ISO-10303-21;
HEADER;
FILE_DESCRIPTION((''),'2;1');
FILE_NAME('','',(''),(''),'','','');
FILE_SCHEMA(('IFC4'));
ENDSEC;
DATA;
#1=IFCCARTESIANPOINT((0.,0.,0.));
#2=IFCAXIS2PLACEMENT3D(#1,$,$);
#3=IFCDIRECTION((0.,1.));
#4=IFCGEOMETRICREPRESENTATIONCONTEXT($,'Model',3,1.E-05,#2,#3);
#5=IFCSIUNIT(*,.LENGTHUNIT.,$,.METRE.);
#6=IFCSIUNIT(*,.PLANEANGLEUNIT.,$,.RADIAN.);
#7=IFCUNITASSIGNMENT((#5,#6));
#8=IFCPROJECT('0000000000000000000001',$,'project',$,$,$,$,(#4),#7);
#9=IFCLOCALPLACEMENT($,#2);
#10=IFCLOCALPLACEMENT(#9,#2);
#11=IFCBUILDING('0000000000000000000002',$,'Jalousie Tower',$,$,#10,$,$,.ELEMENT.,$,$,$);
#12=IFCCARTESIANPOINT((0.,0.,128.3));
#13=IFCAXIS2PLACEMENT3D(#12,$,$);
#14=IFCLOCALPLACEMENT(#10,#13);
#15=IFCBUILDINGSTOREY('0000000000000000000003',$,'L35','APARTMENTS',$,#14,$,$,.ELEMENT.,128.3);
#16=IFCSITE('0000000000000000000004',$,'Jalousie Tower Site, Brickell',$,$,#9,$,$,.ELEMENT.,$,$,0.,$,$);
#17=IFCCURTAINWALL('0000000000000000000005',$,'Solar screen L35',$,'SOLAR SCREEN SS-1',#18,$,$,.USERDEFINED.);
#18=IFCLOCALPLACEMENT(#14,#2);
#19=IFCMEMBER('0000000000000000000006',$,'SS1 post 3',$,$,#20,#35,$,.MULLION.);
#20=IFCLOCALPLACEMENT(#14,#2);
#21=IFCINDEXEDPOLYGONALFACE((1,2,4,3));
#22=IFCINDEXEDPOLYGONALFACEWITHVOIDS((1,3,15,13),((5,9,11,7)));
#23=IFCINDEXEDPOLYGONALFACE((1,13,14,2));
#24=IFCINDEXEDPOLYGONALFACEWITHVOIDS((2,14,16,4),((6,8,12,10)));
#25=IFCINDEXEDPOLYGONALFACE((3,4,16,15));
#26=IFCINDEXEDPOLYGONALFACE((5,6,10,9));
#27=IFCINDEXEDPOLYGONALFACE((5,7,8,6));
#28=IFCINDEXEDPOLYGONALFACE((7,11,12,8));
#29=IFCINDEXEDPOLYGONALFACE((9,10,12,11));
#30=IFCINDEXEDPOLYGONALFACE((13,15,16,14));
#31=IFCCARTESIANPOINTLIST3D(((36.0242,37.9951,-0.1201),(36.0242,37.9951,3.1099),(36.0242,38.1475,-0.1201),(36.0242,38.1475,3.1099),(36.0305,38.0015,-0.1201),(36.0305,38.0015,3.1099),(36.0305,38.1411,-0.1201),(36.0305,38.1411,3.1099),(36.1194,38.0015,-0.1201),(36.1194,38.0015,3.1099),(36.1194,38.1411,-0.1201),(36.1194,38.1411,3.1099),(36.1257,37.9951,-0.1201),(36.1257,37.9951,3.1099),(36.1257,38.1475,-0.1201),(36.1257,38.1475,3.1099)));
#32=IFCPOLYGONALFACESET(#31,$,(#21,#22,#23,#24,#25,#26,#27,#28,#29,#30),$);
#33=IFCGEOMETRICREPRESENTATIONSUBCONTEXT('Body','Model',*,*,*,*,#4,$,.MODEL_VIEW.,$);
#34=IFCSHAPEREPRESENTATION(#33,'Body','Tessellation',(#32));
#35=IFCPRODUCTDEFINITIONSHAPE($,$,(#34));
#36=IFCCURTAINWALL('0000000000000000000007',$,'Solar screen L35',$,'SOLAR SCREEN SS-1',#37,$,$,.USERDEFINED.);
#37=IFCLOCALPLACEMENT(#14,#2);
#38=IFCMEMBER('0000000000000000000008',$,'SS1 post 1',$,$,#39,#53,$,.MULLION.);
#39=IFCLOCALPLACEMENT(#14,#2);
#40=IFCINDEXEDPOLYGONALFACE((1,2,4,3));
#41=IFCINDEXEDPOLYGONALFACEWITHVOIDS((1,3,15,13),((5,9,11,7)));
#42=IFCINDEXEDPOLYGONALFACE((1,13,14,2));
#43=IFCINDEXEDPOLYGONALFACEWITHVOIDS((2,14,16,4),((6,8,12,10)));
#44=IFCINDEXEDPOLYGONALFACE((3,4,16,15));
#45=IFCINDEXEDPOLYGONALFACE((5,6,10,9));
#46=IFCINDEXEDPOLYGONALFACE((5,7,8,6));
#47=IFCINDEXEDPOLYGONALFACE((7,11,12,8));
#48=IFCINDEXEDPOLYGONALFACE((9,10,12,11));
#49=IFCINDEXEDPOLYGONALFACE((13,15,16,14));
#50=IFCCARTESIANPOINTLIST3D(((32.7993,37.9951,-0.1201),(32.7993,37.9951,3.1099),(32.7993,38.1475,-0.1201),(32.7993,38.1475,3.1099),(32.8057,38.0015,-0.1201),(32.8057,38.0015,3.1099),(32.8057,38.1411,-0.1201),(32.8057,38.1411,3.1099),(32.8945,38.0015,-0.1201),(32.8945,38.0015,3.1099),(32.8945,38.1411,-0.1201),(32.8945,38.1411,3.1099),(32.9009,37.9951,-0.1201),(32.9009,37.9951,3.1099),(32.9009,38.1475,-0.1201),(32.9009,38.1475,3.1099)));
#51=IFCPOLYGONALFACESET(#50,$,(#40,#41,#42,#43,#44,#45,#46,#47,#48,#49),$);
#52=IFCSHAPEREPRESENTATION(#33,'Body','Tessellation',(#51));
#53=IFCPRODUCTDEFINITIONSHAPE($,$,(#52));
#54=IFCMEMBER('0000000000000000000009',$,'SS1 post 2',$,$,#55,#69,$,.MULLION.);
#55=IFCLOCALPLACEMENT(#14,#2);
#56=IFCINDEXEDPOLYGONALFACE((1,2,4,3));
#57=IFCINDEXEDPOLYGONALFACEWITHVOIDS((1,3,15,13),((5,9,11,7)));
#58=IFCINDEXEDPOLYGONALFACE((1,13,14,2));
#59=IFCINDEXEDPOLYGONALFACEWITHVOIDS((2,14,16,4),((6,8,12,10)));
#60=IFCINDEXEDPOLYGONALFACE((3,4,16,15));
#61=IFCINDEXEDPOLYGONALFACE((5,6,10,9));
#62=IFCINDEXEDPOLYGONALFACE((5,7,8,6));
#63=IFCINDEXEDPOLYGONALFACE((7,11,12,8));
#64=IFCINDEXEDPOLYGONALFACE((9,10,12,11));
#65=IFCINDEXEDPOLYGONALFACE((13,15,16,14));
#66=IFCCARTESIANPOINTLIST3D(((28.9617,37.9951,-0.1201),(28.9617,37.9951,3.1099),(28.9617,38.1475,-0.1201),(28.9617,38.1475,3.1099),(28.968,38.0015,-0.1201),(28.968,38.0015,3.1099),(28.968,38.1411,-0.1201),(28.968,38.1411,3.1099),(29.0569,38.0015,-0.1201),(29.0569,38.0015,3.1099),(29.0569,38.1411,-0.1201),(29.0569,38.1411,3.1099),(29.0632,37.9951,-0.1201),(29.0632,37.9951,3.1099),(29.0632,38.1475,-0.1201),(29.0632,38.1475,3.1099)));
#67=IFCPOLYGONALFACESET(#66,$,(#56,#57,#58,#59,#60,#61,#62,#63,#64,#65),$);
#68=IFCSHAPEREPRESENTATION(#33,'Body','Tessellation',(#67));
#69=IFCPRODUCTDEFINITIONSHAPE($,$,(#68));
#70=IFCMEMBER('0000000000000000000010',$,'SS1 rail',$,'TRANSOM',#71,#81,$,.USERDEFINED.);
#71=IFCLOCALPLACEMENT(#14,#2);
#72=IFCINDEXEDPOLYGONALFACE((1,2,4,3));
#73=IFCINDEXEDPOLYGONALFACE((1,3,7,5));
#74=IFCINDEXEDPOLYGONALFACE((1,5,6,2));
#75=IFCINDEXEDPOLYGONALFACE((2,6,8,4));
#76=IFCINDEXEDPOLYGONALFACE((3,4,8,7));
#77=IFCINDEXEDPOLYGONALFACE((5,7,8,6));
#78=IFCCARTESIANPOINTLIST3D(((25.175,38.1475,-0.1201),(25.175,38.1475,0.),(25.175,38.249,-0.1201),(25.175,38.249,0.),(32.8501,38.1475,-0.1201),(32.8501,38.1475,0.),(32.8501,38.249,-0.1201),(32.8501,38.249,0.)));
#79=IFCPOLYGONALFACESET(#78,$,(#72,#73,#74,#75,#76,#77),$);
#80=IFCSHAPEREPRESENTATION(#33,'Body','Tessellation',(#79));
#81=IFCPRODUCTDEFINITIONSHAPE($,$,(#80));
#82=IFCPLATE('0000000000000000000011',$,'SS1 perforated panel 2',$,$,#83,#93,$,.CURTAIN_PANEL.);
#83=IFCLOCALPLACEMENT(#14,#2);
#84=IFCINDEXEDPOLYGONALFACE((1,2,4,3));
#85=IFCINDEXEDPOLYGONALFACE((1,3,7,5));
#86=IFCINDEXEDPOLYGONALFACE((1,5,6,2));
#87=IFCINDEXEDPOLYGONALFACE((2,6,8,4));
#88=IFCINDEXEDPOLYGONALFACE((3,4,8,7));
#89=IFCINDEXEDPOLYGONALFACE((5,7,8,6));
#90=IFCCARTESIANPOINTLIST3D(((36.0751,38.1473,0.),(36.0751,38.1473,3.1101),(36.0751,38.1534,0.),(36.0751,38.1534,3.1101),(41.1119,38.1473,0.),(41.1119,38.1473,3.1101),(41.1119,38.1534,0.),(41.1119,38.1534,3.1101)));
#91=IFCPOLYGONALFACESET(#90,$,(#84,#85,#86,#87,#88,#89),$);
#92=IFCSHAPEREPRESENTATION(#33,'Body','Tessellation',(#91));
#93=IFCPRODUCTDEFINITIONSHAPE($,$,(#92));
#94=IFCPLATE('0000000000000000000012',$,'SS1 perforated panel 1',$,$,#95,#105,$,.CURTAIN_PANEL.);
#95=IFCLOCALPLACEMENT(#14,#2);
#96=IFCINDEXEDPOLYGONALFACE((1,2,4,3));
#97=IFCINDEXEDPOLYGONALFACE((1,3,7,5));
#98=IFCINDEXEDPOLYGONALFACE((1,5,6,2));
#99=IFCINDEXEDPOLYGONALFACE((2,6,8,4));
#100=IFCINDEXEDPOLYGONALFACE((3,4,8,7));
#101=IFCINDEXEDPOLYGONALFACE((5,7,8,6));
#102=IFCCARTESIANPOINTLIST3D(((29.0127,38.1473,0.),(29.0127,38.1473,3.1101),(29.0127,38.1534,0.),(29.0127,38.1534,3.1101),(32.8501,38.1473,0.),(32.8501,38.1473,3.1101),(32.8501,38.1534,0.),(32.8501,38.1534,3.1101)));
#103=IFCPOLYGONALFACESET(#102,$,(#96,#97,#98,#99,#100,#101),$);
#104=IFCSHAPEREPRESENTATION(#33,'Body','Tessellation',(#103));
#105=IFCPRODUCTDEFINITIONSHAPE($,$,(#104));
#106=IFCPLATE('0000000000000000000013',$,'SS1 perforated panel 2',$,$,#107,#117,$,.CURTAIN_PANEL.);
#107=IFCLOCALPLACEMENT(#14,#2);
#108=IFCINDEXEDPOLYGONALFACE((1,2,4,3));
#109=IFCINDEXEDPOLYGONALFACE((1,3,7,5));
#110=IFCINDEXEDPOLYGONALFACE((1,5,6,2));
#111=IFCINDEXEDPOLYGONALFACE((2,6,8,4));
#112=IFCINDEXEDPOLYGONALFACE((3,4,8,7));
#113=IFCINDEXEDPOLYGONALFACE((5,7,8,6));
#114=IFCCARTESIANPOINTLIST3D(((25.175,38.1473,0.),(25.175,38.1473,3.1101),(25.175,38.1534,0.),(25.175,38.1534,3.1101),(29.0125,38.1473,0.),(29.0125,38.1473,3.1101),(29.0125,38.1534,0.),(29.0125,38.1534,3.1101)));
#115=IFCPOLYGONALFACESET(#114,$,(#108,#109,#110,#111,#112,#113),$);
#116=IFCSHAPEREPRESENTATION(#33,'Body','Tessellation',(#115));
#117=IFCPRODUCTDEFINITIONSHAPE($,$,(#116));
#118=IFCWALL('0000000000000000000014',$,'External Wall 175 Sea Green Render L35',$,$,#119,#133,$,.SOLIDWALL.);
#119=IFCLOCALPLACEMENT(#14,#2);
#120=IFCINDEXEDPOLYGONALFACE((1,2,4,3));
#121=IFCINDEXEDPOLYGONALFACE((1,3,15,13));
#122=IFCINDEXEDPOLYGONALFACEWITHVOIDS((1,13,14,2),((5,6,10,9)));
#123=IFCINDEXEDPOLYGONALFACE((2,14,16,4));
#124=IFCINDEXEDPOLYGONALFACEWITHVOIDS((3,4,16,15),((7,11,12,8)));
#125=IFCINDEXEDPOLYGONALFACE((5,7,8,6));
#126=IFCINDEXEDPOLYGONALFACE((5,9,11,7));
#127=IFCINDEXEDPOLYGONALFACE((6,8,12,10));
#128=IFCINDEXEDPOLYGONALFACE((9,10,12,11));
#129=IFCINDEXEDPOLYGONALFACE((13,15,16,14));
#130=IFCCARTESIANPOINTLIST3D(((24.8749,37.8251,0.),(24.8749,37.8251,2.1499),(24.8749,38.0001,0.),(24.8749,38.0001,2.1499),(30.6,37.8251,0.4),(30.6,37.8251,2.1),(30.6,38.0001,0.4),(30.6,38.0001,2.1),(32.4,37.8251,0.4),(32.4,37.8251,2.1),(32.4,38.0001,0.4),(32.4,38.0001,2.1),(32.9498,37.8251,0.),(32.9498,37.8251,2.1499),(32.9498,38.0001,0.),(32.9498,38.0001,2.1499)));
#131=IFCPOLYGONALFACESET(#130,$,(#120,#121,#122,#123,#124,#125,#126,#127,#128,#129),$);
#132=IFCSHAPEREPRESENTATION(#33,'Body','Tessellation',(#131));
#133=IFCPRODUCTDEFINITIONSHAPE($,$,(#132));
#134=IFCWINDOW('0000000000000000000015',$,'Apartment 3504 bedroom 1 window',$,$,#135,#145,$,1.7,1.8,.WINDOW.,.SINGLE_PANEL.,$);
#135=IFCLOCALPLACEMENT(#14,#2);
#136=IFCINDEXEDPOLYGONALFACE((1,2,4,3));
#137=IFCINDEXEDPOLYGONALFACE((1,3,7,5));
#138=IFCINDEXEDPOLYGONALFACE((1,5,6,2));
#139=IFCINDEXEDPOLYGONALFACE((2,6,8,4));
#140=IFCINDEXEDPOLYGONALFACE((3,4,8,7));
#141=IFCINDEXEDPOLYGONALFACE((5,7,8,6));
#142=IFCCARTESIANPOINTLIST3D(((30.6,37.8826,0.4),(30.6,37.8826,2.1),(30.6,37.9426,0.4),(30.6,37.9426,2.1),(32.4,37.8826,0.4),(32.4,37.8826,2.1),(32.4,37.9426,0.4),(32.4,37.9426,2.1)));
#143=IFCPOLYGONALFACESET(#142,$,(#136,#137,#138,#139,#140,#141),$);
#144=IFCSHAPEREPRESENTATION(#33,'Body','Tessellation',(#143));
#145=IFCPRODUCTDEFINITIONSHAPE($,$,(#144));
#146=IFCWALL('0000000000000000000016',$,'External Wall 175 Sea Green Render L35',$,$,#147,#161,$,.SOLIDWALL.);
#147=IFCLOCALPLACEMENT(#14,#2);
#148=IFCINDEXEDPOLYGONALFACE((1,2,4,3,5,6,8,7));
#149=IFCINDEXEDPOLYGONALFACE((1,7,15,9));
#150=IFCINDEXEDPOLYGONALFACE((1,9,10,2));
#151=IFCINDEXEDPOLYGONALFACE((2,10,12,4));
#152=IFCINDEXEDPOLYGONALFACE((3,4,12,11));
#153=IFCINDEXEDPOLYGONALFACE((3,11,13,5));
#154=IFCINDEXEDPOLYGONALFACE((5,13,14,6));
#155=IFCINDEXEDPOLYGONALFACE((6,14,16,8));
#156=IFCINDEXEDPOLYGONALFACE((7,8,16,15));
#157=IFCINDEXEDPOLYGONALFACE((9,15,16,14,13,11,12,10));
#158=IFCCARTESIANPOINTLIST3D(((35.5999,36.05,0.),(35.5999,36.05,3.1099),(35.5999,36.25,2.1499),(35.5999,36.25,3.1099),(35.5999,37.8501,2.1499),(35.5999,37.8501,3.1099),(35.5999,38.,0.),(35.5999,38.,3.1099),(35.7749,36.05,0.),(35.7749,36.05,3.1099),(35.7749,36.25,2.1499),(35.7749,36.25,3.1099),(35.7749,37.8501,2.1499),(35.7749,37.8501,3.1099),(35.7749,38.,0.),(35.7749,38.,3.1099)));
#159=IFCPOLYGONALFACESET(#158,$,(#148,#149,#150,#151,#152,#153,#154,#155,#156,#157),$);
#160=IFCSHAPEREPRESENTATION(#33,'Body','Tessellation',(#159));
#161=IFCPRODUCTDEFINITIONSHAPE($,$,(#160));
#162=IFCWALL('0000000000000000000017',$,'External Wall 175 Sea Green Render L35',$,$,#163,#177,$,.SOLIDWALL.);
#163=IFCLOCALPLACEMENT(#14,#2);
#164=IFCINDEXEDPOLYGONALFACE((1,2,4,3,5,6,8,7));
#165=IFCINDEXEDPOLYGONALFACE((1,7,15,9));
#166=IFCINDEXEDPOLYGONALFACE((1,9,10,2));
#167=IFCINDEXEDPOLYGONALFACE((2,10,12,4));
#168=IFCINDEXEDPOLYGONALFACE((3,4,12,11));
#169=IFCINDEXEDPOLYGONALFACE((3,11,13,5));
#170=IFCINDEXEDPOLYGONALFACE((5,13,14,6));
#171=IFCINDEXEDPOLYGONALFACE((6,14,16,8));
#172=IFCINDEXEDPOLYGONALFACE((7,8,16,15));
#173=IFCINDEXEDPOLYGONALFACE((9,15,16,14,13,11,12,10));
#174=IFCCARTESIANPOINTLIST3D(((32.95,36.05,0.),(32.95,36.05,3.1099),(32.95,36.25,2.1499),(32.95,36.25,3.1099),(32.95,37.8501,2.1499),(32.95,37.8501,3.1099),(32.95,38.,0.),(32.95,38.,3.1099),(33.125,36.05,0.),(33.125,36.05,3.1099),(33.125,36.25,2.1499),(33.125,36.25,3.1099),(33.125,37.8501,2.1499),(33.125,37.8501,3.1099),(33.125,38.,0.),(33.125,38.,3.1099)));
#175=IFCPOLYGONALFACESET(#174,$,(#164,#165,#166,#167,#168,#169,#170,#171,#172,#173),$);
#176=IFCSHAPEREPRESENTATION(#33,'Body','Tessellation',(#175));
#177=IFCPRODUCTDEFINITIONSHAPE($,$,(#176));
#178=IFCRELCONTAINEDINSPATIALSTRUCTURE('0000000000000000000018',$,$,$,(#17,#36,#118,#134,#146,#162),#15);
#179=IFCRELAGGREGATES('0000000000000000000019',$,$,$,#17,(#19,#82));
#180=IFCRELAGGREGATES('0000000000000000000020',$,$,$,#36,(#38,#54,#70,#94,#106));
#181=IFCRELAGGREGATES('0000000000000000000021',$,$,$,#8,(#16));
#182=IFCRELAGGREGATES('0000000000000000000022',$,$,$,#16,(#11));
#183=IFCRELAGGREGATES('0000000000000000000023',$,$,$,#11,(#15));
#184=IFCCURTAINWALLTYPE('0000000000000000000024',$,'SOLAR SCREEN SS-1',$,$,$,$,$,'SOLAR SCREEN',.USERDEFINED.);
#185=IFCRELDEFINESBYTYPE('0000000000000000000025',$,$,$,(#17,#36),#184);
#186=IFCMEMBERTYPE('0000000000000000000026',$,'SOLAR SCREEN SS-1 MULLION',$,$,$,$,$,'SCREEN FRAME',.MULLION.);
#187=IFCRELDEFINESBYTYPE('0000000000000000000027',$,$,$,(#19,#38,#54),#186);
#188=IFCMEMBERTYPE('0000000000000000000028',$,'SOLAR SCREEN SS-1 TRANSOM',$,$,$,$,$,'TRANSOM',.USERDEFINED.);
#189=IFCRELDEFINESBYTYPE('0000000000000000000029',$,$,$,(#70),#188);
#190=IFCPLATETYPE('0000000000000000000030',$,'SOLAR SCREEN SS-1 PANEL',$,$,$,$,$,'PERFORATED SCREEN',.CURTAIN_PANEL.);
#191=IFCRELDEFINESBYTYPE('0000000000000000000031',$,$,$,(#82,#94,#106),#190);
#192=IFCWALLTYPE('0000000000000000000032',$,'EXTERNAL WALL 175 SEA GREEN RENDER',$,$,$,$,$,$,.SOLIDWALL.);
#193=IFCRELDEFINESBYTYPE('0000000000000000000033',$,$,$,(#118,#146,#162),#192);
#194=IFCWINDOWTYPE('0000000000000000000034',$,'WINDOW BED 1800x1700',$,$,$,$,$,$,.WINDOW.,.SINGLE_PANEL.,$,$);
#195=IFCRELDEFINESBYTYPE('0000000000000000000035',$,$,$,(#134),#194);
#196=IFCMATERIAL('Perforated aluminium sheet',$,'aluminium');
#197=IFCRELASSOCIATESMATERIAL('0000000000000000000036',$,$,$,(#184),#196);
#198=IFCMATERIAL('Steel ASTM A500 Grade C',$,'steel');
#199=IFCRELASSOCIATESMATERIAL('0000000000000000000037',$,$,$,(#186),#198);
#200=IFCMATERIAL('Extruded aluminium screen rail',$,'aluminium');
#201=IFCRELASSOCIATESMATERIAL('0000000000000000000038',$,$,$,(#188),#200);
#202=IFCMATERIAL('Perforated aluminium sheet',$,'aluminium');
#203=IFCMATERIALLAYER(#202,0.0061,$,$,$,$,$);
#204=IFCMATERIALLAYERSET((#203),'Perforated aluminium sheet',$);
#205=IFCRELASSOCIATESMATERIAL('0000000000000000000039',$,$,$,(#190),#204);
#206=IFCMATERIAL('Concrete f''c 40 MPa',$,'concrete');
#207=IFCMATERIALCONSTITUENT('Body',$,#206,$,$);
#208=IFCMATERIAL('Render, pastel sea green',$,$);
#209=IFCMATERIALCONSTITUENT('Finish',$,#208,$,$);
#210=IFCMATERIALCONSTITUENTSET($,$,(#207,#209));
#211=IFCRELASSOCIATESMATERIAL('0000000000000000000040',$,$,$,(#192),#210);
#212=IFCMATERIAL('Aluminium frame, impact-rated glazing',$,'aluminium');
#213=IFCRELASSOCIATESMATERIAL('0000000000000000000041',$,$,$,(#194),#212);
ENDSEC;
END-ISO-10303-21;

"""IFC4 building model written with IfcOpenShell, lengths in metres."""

from ifc_helpers import new_model, si_unit, direction, frame, frame_2d, origin, origin_2d, place, context, subcontext, project, spatial, polyline, rectangle, hollow_rectangle, outline, extrude, material, layer, layer_set, constituent, constituent_set, material_profile, profile_set, type_object, element, fill, aggregate, save


model = new_model("IFC4")

# Units and contexts
model_context = context("Model", 3, precision=1e-05, world=origin(), true_north=direction((0.0, 1.0)))
body_context = subcontext(model_context, "Body", "Model", "MODEL_VIEW")
ifc_project = project(units=[si_unit("LENGTHUNIT", "METRE"), si_unit("PLANEANGLEUNIT", "RADIAN")], contexts=[model_context])

# Site, building, storey
site_placement = place(None, origin())
site = spatial("IfcSite", under=ifc_project, at=site_placement, Name="Jalousie Tower Site, Brickell", CompositionType="ELEMENT", RefElevation=0.0)
building_placement = place(site_placement, origin())
building = spatial("IfcBuilding", under=site, at=building_placement, Name="Jalousie Tower", CompositionType="ELEMENT")
storey_placement = place(building_placement, frame((0.0, 0.0, 128.3)))
storey = spatial("IfcBuildingStorey", under=building, at=storey_placement, Name="L35", Description="APARTMENTS", CompositionType="ELEMENT", Elevation=128.3)

# Curtain wall, member
ifc_material_1 = material(Name="Perforated aluminium sheet", Category="aluminium")
curtain_wall_type = type_object("IfcCurtainWallType", Name="SOLAR SCREEN SS-1", ElementType="SOLAR SCREEN", PredefinedType="USERDEFINED", material=ifc_material_1)
curtain_wall_1_placement = place(storey_placement, origin())
curtain_wall_1 = element("IfcCurtainWall", 1, at=curtain_wall_1_placement, inside=storey, type_object=curtain_wall_type, Name="Solar screen L35", ObjectType="SOLAR SCREEN SS-1", PredefinedType="USERDEFINED")
ifc_material_2 = material(Name="Steel ASTM A500 Grade C", Category="steel")
ifc_material_profile_1 = material_profile(ifc_material_2, hollow_rectangle(XDim=0.1016, YDim=0.1523, WallThickness=0.0063, at=origin_2d()), Name="HSS6X4X1/4")
ifc_profile_set_1 = profile_set([ifc_material_profile_1], Name="Steel ASTM A500 Grade C")
member_type_1 = type_object("IfcMemberType", Name="SOLAR SCREEN SS-1 MULLION", ElementType="SCREEN FRAME", PredefinedType="MULLION", material=ifc_profile_set_1)
member_1_placement = place(storey_placement, frame((36.075, 38.0713, -0.1201), z_axis=(0.0, 0.0, 1.0), x_axis=(-1.0, 0.0, 0.0)))
member_1 = element("IfcMember", 2, at=member_1_placement, type_object=member_type_1, Name="SS1 post 3", PredefinedType="MULLION", context=body_context, shape_type="SweptSolid", body=[
    extrude(hollow_rectangle(XDim=0.1016, YDim=0.1523, WallThickness=0.0063, at=origin_2d()), origin(), (0.0, 0.0, 1.0), 3.23),
])

# Curtain wall, members
curtain_wall_2_placement = place(storey_placement, origin())
curtain_wall_2 = element("IfcCurtainWall", 3, at=curtain_wall_2_placement, inside=storey, type_object=curtain_wall_type, Name="Solar screen L35", ObjectType="SOLAR SCREEN SS-1", PredefinedType="USERDEFINED")
member_2_placement = place(storey_placement, frame((32.8501, 38.0713, -0.1201), z_axis=(0.0, 0.0, 1.0), x_axis=(-1.0, 0.0, 0.0)))
member_2 = element("IfcMember", 4, at=member_2_placement, type_object=member_type_1, Name="SS1 post 1", PredefinedType="MULLION", context=body_context, shape_type="SweptSolid", body=[
    extrude(hollow_rectangle(XDim=0.1016, YDim=0.1523, WallThickness=0.0063, at=origin_2d()), origin(), (0.0, 0.0, 1.0), 3.23),
])
member_3_placement = place(storey_placement, frame((29.0125, 38.0713, -0.1201), z_axis=(0.0, 0.0, 1.0), x_axis=(-1.0, 0.0, 0.0)))
member_3 = element("IfcMember", 5, at=member_3_placement, type_object=member_type_1, Name="SS1 post 2", PredefinedType="MULLION", context=body_context, shape_type="SweptSolid", body=[
    extrude(hollow_rectangle(XDim=0.1016, YDim=0.1523, WallThickness=0.0063, at=origin_2d()), origin(), (0.0, 0.0, 1.0), 3.23),
])
ifc_material_3 = material(Name="Extruded aluminium screen rail", Category="aluminium")
ifc_material_profile_2 = material_profile(ifc_material_3, rectangle(XDim=0.1016, YDim=0.1201, at=origin_2d()), Name="RAIL 102x120")
ifc_profile_set_2 = profile_set([ifc_material_profile_2], Name="Extruded aluminium screen rail")
member_type_2 = type_object("IfcMemberType", Name="SOLAR SCREEN SS-1 TRANSOM", ElementType="TRANSOM", PredefinedType="USERDEFINED", material=ifc_profile_set_2)
member_4_placement = place(storey_placement, frame((32.8501, 38.1982, -0.0601), z_axis=(-1.0, 0.0, 0.0), x_axis=(0.0, -1.0, 0.0)))
member_4 = element("IfcMember", 6, at=member_4_placement, type_object=member_type_2, Name="SS1 rail", ObjectType="TRANSOM", PredefinedType="USERDEFINED", context=body_context, shape_type="SweptSolid", body=[
    extrude(rectangle(XDim=0.1016, YDim=0.1201, at=origin_2d()), origin(), (0.0, 0.0, 1.0), 7.675),
])

# Plates
ifc_material_4 = material(Name="Perforated aluminium sheet", Category="aluminium")
ifc_layer_1 = layer(ifc_material_4, 0.0061)
ifc_layer_set_1 = layer_set([ifc_layer_1], Name="Perforated aluminium sheet")
plate_type = type_object("IfcPlateType", Name="SOLAR SCREEN SS-1 PANEL", ElementType="PERFORATED SCREEN", PredefinedType="CURTAIN_PANEL", material=ifc_layer_set_1)
plate_1_placement = place(storey_placement, frame((38.5935, 38.1504, 0.0), z_axis=(0.0, 0.0, 1.0), x_axis=(-1.0, 0.0, 0.0)))
plate_1 = element("IfcPlate", 7, at=plate_1_placement, type_object=plate_type, Name="SS1 perforated panel 2", PredefinedType="CURTAIN_PANEL", context=body_context, shape_type="SweptSolid", body=[
    extrude(rectangle(XDim=5.0369, YDim=0.0061, at=origin_2d()), origin(), (0.0, 0.0, 1.0), 3.1101),
])
aggregate(curtain_wall_1, [member_1, plate_1])
plate_2_placement = place(storey_placement, frame((30.9314, 38.1504, 0.0), z_axis=(0.0, 0.0, 1.0), x_axis=(-1.0, 0.0, 0.0)))
plate_2 = element("IfcPlate", 8, at=plate_2_placement, type_object=plate_type, Name="SS1 perforated panel 1", PredefinedType="CURTAIN_PANEL", context=body_context, shape_type="SweptSolid", body=[
    extrude(rectangle(XDim=3.8374, YDim=0.0061, at=origin_2d()), origin(), (0.0, 0.0, 1.0), 3.1101),
])
plate_3_placement = place(storey_placement, frame((27.0938, 38.1504, 0.0), z_axis=(0.0, 0.0, 1.0), x_axis=(-1.0, 0.0, 0.0)))
plate_3 = element("IfcPlate", 9, at=plate_3_placement, type_object=plate_type, Name="SS1 perforated panel 2", PredefinedType="CURTAIN_PANEL", context=body_context, shape_type="SweptSolid", body=[
    extrude(rectangle(XDim=3.8374, YDim=0.0061, at=origin_2d()), origin(), (0.0, 0.0, 1.0), 3.1101),
])
aggregate(curtain_wall_2, [member_2, member_3, member_4, plate_2, plate_3])

# Wall, opening, window
ifc_material_5 = material(Name="Concrete f'c 40 MPa", Category="concrete")
ifc_constituent_1 = constituent(ifc_material_5, Name="Body")
ifc_material_6 = material(Name="Render, pastel sea green")
ifc_constituent_2 = constituent(ifc_material_6, Name="Finish")
ifc_constituent_set_1 = constituent_set(constituents=[ifc_constituent_1, ifc_constituent_2])
wall_type_1 = type_object("IfcWallType", Name="EXTERNAL WALL 175 SEA GREEN RENDER", PredefinedType="SOLIDWALL", material=ifc_constituent_set_1)
wall_1_placement = place(storey_placement, frame((32.95, 37.9126, 0.0), z_axis=(0.0, 0.0, 1.0), x_axis=(-1.0, 0.0, 0.0)))
wall_1 = element("IfcWall", 10, at=wall_1_placement, inside=storey, type_object=wall_type_1, Name="External Wall 175 Sea Green Render L35", PredefinedType="SOLIDWALL", context=body_context, shape_type="SweptSolid", body=[
    extrude(rectangle(XDim=8.075, YDim=0.175, at=frame_2d((4.0376, 0.0))), origin(), (0.0, 0.0, 1.0), 2.1499),
])
opening_1_placement = place(wall_1_placement, frame((0.55, 0.0, 0.3999)))
opening_1 = element("IfcOpeningElement", 11, at=opening_1_placement, cuts=wall_1, PredefinedType="OPENING", context=body_context, shape_type="SweptSolid", body=[
    extrude(rectangle(XDim=1.8, YDim=1.7, at=frame_2d((0.8999, 0.8501))), frame((0.0, 0.0974, 0.0), z_axis=(0.0, -1.0, 0.0), x_axis=(1.0, 0.0, 0.0)), (0.0, 0.0, 1.0), 0.1951),
])
ifc_material_7 = material(Name="Aluminium frame, impact-rated glazing", Category="aluminium")
window_type = type_object("IfcWindowType", Name="WINDOW BED 1800x1700", PartitioningType="SINGLE_PANEL", PredefinedType="WINDOW", material=ifc_material_7)
window_placement = place(opening_1_placement, origin())
window = element("IfcWindow", 12, at=window_placement, inside=storey, type_object=window_type, Name="Apartment 3504 bedroom 1 window", OverallHeight=1.7, OverallWidth=1.8, PartitioningType="SINGLE_PANEL", PredefinedType="WINDOW", context=body_context, shape_type="SweptSolid", body=[
    extrude(rectangle(XDim=1.8, YDim=1.7, at=frame_2d((0.8999, 0.8501))), frame((0.0, 0.03, 0.0), z_axis=(0.0, -1.0, 0.0), x_axis=(1.0, 0.0, 0.0)), (0.0, 0.0, 1.0), 0.0601),
])
fill(opening_1, window)

# Walls
for number, where, z_axis, x_axis, name in (
    (13, (35.6875, 38.0, 0.0), (0.0, 0.0, 1.0), (0.0, -1.0, 0.0), "External Wall 175 Sea Green Render L35"),
    (14, (33.0376, 38.0, 0.0), (0.0, 0.0, 1.0), (0.0, -1.0, 0.0), "External Wall 175 Sea Green Render L35"),
):
    element("IfcWall", number, at=place(storey_placement, frame(where, z_axis=z_axis, x_axis=x_axis)), inside=storey, type_object=wall_type_1, Name=name, PredefinedType="SOLIDWALL", context=body_context, shape_type="SweptSolid", body=[
        extrude(outline(polyline([(0.0, 0.0), (1.95, 0.0), (1.95, 3.1099), (1.75, 3.1099), (1.75, 2.1499), (0.1499, 2.1499), (0.1499, 3.1099), (0.0, 3.1099), (0.0, 0.0)])), frame((0.0, 0.0874, 0.0), z_axis=(0.0, -1.0, 0.0), x_axis=(1.0, 0.0, 0.0)), (0.0, 0.0, 1.0), 0.175),
    ])

save(model, "model.ifc")
